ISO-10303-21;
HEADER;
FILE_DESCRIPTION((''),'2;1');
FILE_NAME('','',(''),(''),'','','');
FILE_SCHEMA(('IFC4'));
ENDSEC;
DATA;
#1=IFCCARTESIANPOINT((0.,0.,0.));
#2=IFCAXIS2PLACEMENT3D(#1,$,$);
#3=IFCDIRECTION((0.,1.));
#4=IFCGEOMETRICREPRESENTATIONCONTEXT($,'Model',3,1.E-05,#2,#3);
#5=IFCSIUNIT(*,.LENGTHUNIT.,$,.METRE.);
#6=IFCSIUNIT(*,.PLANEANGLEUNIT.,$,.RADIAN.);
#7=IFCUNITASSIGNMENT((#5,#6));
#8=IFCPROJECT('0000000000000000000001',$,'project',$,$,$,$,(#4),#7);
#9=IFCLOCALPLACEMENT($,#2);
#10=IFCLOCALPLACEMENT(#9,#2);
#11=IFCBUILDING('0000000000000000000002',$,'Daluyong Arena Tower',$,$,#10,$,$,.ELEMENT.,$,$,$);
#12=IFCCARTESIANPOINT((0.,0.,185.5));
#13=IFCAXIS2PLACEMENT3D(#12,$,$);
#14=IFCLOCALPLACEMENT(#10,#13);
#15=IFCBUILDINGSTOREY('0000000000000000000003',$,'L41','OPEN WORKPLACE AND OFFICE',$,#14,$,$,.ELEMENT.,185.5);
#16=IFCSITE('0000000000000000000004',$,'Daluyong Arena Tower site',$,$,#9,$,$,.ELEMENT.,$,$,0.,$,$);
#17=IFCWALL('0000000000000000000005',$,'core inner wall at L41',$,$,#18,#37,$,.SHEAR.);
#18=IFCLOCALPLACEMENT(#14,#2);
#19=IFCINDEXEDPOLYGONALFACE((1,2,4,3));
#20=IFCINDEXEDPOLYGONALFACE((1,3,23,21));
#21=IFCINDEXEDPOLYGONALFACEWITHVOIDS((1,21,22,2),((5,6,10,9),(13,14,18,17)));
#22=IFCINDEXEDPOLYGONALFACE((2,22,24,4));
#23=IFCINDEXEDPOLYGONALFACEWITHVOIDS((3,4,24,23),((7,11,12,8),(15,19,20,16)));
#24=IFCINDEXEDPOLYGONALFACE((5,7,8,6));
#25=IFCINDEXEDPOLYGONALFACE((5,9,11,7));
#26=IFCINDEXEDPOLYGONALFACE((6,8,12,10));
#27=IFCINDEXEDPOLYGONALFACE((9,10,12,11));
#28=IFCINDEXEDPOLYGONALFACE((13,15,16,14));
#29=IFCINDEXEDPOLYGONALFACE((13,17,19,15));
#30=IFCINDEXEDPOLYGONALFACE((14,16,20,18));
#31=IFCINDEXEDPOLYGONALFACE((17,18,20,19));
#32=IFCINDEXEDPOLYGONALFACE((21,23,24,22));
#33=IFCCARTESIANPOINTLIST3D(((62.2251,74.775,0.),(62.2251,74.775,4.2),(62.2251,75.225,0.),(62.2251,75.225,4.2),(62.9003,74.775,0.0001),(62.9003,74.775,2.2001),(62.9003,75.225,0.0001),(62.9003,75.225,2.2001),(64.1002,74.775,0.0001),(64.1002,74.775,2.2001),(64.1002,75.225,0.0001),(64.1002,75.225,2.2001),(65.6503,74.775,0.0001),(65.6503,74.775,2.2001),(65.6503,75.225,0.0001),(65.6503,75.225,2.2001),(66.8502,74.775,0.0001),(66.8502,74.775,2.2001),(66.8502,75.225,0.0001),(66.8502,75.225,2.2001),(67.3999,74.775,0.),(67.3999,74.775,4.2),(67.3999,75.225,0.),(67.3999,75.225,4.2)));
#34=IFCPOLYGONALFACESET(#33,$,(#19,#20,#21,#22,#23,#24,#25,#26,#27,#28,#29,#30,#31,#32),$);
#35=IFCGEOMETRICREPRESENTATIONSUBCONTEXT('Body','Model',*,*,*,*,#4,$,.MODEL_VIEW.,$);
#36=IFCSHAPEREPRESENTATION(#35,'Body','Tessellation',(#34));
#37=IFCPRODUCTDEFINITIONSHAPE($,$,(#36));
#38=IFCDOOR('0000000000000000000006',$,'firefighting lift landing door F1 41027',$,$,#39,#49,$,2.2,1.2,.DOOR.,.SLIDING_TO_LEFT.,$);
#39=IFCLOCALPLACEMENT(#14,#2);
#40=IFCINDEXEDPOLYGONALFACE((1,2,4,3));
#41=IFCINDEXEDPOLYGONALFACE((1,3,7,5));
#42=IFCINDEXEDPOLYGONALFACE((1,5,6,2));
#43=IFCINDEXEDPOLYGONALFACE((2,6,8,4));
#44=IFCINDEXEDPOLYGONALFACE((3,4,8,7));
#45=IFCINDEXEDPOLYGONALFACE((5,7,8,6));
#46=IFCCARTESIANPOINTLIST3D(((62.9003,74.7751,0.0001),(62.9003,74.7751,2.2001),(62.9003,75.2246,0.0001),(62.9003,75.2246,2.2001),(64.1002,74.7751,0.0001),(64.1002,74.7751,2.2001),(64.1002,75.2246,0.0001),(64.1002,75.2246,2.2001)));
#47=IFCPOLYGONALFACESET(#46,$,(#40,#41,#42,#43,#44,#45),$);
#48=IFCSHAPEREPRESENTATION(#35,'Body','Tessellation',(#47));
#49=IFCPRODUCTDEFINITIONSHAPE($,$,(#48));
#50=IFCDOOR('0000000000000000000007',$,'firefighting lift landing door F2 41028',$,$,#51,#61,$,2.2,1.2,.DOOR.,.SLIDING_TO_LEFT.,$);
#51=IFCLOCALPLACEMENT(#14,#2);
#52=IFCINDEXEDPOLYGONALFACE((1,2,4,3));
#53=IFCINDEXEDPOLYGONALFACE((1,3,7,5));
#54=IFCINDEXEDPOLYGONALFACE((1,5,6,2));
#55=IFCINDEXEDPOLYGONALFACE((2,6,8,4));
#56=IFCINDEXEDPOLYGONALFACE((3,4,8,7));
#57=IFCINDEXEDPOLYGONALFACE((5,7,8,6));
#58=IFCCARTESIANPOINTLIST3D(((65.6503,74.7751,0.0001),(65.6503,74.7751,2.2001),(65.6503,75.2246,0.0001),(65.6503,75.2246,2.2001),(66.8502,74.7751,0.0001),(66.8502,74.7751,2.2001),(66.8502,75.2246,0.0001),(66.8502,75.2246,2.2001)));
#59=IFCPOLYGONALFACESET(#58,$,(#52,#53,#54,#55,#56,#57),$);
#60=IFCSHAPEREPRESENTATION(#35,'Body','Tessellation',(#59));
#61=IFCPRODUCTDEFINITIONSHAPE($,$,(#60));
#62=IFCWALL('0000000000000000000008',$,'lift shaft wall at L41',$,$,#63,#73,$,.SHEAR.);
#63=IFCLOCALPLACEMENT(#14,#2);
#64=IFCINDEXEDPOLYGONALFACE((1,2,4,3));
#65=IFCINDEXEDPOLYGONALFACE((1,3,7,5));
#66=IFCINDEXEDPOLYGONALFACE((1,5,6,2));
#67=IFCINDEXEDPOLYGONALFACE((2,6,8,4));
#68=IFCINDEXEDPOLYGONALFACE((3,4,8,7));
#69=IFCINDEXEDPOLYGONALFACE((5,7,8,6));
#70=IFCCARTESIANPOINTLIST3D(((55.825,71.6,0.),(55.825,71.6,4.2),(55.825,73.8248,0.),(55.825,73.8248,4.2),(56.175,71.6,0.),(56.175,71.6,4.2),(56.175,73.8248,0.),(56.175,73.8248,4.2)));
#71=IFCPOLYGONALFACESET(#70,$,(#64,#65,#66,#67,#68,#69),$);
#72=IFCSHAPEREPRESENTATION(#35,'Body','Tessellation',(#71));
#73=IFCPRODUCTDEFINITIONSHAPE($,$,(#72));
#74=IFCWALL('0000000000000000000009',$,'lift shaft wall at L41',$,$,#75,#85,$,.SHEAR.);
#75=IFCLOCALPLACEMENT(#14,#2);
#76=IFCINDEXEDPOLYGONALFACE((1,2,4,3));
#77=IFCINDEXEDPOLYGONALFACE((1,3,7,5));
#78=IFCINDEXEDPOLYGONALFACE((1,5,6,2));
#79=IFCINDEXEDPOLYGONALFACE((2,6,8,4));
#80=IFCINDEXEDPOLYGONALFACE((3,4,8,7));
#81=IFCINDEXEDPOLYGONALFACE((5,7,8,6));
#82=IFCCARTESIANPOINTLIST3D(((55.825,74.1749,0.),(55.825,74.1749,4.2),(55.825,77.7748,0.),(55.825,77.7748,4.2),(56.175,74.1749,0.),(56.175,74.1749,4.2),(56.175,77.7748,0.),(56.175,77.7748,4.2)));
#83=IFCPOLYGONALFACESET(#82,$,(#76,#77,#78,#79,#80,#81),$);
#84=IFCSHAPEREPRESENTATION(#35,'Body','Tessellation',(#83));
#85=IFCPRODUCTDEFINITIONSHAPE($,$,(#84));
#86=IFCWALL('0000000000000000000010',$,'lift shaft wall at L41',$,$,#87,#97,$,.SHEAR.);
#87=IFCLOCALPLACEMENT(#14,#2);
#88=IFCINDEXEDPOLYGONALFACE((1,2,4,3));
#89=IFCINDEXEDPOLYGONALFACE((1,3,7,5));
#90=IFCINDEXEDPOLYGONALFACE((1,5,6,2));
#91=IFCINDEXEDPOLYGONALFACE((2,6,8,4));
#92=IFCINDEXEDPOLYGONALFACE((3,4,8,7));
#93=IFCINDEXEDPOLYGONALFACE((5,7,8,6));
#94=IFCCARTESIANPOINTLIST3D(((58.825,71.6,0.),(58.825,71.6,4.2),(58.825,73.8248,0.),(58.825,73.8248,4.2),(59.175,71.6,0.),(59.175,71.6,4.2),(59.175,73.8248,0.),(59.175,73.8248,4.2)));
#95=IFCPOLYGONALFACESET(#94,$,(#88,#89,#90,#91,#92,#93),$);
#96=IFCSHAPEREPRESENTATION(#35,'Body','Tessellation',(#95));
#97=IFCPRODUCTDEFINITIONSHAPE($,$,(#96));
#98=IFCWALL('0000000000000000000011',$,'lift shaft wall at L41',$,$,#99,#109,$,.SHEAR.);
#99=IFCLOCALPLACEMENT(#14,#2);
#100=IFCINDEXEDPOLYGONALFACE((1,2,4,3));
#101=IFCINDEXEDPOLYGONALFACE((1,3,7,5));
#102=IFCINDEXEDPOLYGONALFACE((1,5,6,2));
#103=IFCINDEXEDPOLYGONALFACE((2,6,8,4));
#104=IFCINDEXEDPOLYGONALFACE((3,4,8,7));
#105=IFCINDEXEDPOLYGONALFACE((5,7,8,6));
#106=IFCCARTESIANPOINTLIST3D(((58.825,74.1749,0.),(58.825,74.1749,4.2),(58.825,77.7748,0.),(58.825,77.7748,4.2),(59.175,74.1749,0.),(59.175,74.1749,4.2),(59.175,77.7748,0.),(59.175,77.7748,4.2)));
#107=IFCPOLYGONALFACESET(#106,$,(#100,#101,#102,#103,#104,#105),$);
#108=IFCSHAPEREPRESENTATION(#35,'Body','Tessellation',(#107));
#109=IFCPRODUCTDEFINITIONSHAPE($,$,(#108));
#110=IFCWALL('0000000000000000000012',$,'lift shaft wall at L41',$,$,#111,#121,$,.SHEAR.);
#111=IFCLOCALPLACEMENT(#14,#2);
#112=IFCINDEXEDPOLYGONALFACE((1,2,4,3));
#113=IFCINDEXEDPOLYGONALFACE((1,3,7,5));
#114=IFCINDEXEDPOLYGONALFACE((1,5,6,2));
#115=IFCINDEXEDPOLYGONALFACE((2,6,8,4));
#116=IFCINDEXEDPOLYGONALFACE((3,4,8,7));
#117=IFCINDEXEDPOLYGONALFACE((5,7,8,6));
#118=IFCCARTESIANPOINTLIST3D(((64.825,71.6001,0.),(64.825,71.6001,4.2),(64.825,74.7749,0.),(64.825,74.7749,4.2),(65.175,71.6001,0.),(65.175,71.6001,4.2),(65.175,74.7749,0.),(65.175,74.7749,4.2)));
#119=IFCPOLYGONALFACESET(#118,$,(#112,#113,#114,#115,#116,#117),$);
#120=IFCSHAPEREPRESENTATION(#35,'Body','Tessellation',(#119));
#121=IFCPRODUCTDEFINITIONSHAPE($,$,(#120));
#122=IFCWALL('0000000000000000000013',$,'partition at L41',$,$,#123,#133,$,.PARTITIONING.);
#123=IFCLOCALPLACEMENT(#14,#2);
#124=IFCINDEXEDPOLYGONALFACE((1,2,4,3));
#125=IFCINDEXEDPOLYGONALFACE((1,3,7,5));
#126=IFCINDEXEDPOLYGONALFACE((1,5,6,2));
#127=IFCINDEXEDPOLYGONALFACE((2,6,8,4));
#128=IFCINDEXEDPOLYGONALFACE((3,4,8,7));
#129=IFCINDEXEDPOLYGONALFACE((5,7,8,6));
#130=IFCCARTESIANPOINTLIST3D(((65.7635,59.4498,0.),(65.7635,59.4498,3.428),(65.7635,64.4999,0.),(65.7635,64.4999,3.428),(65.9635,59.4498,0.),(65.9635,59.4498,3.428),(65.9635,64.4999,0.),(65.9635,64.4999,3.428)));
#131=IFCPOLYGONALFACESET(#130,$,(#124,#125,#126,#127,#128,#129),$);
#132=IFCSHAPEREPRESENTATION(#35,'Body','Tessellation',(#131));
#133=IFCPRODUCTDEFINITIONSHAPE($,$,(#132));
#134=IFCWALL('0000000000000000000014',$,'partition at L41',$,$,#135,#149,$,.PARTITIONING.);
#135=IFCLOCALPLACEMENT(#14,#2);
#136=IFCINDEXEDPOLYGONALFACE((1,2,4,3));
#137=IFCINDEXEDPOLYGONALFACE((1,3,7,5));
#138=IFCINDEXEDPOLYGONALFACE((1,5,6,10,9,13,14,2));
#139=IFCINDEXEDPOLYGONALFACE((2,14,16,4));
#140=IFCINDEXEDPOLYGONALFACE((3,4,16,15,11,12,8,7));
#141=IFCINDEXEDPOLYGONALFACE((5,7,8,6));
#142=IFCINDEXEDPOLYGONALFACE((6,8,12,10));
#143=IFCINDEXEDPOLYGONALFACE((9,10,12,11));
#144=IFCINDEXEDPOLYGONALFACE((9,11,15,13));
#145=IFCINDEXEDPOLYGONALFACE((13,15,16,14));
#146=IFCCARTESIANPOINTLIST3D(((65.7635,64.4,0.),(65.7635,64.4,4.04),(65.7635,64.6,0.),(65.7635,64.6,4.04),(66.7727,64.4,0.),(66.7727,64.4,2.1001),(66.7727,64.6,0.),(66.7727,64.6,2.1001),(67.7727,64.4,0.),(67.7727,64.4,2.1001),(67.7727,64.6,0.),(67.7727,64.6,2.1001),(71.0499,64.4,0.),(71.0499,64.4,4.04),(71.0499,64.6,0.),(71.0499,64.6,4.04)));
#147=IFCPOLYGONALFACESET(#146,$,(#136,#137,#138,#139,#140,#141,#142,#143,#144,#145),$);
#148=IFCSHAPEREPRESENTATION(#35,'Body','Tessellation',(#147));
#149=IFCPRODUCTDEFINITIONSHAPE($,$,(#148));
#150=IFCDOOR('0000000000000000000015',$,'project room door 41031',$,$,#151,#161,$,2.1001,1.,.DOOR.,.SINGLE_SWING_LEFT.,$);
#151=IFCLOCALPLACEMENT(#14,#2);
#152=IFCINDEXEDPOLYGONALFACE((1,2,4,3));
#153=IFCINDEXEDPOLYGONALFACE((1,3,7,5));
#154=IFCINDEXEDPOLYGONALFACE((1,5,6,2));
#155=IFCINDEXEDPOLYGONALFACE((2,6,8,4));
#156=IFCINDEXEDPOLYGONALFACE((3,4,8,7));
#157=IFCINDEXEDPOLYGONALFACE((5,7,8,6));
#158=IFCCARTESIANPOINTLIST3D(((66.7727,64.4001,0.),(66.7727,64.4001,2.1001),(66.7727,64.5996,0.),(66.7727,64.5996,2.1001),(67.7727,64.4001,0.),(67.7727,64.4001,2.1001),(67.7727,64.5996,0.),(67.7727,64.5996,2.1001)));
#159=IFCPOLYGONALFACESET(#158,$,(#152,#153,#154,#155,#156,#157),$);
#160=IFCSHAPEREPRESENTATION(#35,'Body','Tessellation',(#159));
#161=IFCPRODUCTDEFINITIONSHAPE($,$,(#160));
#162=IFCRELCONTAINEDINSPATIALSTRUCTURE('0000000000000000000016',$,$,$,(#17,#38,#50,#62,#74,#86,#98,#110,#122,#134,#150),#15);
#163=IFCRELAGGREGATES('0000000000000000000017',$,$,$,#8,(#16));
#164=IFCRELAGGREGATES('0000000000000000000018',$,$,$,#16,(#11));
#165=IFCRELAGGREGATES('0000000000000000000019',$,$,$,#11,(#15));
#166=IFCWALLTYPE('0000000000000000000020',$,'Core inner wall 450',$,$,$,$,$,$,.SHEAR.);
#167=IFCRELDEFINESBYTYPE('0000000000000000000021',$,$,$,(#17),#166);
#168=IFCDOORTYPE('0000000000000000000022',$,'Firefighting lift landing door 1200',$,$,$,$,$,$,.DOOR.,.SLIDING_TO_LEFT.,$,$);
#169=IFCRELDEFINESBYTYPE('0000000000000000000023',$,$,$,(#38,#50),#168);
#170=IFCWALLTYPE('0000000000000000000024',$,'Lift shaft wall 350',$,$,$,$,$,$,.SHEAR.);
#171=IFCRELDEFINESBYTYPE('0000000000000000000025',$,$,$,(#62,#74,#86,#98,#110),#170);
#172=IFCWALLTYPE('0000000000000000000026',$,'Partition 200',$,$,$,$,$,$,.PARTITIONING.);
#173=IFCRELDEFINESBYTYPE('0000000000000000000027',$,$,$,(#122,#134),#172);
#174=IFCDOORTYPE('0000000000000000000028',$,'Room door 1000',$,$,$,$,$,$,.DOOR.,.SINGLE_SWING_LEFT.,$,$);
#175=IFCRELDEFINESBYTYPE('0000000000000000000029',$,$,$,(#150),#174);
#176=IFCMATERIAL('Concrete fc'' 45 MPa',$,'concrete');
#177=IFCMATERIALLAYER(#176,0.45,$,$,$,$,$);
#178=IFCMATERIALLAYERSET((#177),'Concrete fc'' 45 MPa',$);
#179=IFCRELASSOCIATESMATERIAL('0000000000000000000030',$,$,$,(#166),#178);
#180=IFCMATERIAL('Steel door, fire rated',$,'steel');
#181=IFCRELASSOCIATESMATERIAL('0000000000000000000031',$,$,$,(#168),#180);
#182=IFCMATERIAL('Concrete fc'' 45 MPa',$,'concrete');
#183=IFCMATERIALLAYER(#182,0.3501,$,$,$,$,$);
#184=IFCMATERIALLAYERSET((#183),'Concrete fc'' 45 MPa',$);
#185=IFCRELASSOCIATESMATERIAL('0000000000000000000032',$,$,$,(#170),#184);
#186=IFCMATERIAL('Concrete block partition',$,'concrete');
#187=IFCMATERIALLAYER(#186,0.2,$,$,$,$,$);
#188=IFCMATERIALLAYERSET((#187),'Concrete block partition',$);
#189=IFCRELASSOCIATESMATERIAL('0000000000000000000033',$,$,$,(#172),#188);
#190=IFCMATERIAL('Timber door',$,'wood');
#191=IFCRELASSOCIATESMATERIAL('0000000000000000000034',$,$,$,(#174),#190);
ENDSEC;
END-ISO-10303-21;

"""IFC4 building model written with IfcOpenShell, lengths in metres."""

from ifc_helpers import new_model, si_unit, direction, frame, frame_2d, origin, place, context, subcontext, project, spatial, rectangle, extrude, material, layer, layer_set, type_object, element, fill, save


model = new_model("IFC4")

# Units and contexts
model_context = context("Model", 3, precision=1e-05, world=origin(), true_north=direction((0.0, 1.0)))
body_context = subcontext(model_context, "Body", "Model", "MODEL_VIEW")
ifc_project = project(units=[si_unit("LENGTHUNIT", "METRE"), si_unit("PLANEANGLEUNIT", "RADIAN")], contexts=[model_context])

# Site, building, storey
site_placement = place(None, origin())
site = spatial("IfcSite", under=ifc_project, at=site_placement, Name="Daluyong Arena Tower site", CompositionType="ELEMENT", RefElevation=0.0)
building_placement = place(site_placement, origin())
building = spatial("IfcBuilding", under=site, at=building_placement, Name="Daluyong Arena Tower", CompositionType="ELEMENT")
storey_placement = place(building_placement, frame((0.0, 0.0, 185.5)))
storey = spatial("IfcBuildingStorey", under=building, at=storey_placement, Name="L41", Description="OPEN WORKPLACE AND OFFICE", CompositionType="ELEMENT", Elevation=185.5)

# Shared definitions
ifc_material_1 = material(Name="Concrete fc' 45 MPa", Category="concrete")
ifc_layer_1 = layer(ifc_material_1, 0.45)
ifc_layer_set_1 = layer_set([ifc_layer_1], Name="Concrete fc' 45 MPa")
wall_type_1 = type_object("IfcWallType", Name="Core inner wall 450", PredefinedType="SHEAR", material=ifc_layer_set_1)

# Wall, openings, doors
wall_1_placement = place(storey_placement, frame((62.2251, 75.0, 0.0), z_axis=(0.0, 0.0, 1.0), x_axis=(1.0, 0.0, 0.0)))
wall_1 = element("IfcWall", 1, at=wall_1_placement, inside=storey, type_object=wall_type_1, Name="core inner wall at L41", PredefinedType="SHEAR", context=body_context, shape_type="SweptSolid", body=[
    extrude(rectangle(XDim=5.1748, YDim=0.45, at=frame_2d((2.5874, 0.0))), origin(), (0.0, 0.0, 1.0), 4.2),
])
opening_1_placement = place(wall_1_placement, frame((0.675, 0.0, 0.0)))
opening_1 = element("IfcOpeningElement", 2, at=opening_1_placement, cuts=wall_1, PredefinedType="OPENING", context=body_context, shape_type="SweptSolid", body=[
    extrude(rectangle(XDim=1.2, YDim=2.2, at=frame_2d((0.6001, 1.1001))), frame((0.0, 0.2349, 0.0), z_axis=(0.0, -1.0, 0.0), x_axis=(1.0, 0.0, 0.0)), (0.0, 0.0, 1.0), 0.47),
])
opening_2_placement = place(wall_1_placement, frame((3.425, 0.0, 0.0)))
opening_2 = element("IfcOpeningElement", 3, at=opening_2_placement, cuts=wall_1, PredefinedType="OPENING", context=body_context, shape_type="SweptSolid", body=[
    extrude(rectangle(XDim=1.2, YDim=2.2, at=frame_2d((0.6001, 1.1001))), frame((0.0, 0.2349, 0.0), z_axis=(0.0, -1.0, 0.0), x_axis=(1.0, 0.0, 0.0)), (0.0, 0.0, 1.0), 0.47),
])
ifc_material_2 = material(Name="Steel door, fire rated", Category="steel")
door_type_1 = type_object("IfcDoorType", Name="Firefighting lift landing door 1200", OperationType="SLIDING_TO_LEFT", PredefinedType="DOOR", material=ifc_material_2)
door_1_placement = place(opening_1_placement, origin())
door_1 = element("IfcDoor", 4, at=door_1_placement, inside=storey, type_object=door_type_1, Name="firefighting lift landing door F1 41027", OperationType="SLIDING_TO_LEFT", OverallHeight=2.2, OverallWidth=1.2, PredefinedType="DOOR", context=body_context, shape_type="SweptSolid", body=[
    extrude(rectangle(XDim=1.2, YDim=2.2, at=frame_2d((0.6001, 1.1001))), frame((0.0, 0.2246, 0.0), z_axis=(0.0, -1.0, 0.0), x_axis=(1.0, 0.0, 0.0)), (0.0, 0.0, 1.0), 0.4495),
])
fill(opening_1, door_1)
door_2_placement = place(opening_2_placement, origin())
door_2 = element("IfcDoor", 5, at=door_2_placement, inside=storey, type_object=door_type_1, Name="firefighting lift landing door F2 41028", OperationType="SLIDING_TO_LEFT", OverallHeight=2.2, OverallWidth=1.2, PredefinedType="DOOR", context=body_context, shape_type="SweptSolid", body=[
    extrude(rectangle(XDim=1.2, YDim=2.2, at=frame_2d((0.6001, 1.1001))), frame((0.0, 0.2246, 0.0), z_axis=(0.0, -1.0, 0.0), x_axis=(1.0, 0.0, 0.0)), (0.0, 0.0, 1.0), 0.4495),
])
fill(opening_2, door_2)

# Walls
ifc_material_3 = material(Name="Concrete fc' 45 MPa", Category="concrete")
ifc_layer_2 = layer(ifc_material_3, 0.3501)
ifc_layer_set_2 = layer_set([ifc_layer_2], Name="Concrete fc' 45 MPa")
wall_type_2 = type_object("IfcWallType", Name="Lift shaft wall 350", PredefinedType="SHEAR", material=ifc_layer_set_2)
wall_2_placement = place(storey_placement, frame((56.0, 71.6001, 0.0), z_axis=(0.0, 0.0, 1.0), x_axis=(0.0, 1.0, 0.0)))
element("IfcWall", 6, at=wall_2_placement, inside=storey, type_object=wall_type_2, Name="lift shaft wall at L41", PredefinedType="SHEAR", context=body_context, shape_type="SweptSolid", body=[
    extrude(rectangle(XDim=2.2249, YDim=0.3501, at=frame_2d((1.1123, 0.0))), origin(), (0.0, 0.0, 1.0), 4.2),
])
wall_3_placement = place(storey_placement, frame((56.0, 74.175, 0.0), z_axis=(0.0, 0.0, 1.0), x_axis=(0.0, 1.0, 0.0)))
element("IfcWall", 7, at=wall_3_placement, inside=storey, type_object=wall_type_2, Name="lift shaft wall at L41", PredefinedType="SHEAR", context=body_context, shape_type="SweptSolid", body=[
    extrude(rectangle(XDim=3.5999, YDim=0.3501, at=frame_2d((1.7998, 0.0))), origin(), (0.0, 0.0, 1.0), 4.2),
])
wall_4_placement = place(storey_placement, frame((59.0, 71.6001, 0.0), z_axis=(0.0, 0.0, 1.0), x_axis=(0.0, 1.0, 0.0)))
element("IfcWall", 8, at=wall_4_placement, inside=storey, type_object=wall_type_2, Name="lift shaft wall at L41", PredefinedType="SHEAR", context=body_context, shape_type="SweptSolid", body=[
    extrude(rectangle(XDim=2.2249, YDim=0.3501, at=frame_2d((1.1123, 0.0))), origin(), (0.0, 0.0, 1.0), 4.2),
])
wall_5_placement = place(storey_placement, frame((59.0, 74.175, 0.0), z_axis=(0.0, 0.0, 1.0), x_axis=(0.0, 1.0, 0.0)))
element("IfcWall", 9, at=wall_5_placement, inside=storey, type_object=wall_type_2, Name="lift shaft wall at L41", PredefinedType="SHEAR", context=body_context, shape_type="SweptSolid", body=[
    extrude(rectangle(XDim=3.5999, YDim=0.3501, at=frame_2d((1.7998, 0.0))), origin(), (0.0, 0.0, 1.0), 4.2),
])
wall_6_placement = place(storey_placement, frame((65.0, 71.6001, 0.0), z_axis=(0.0, 0.0, 1.0), x_axis=(0.0, 1.0, 0.0)))
element("IfcWall", 10, at=wall_6_placement, inside=storey, type_object=wall_type_2, Name="lift shaft wall at L41", PredefinedType="SHEAR", context=body_context, shape_type="SweptSolid", body=[
    extrude(rectangle(XDim=3.1748, YDim=0.3501, at=frame_2d((1.5874, 0.0))), origin(), (0.0, 0.0, 1.0), 4.2),
])
ifc_material_4 = material(Name="Concrete block partition", Category="concrete")
ifc_layer_3 = layer(ifc_material_4, 0.2)
ifc_layer_set_3 = layer_set([ifc_layer_3], Name="Concrete block partition")
wall_type_3 = type_object("IfcWallType", Name="Partition 200", PredefinedType="PARTITIONING", material=ifc_layer_set_3)
wall_7_placement = place(storey_placement, frame((65.8635, 59.45, 0.0), z_axis=(0.0, 0.0, 1.0), x_axis=(0.0, 1.0, 0.0)))
element("IfcWall", 11, at=wall_7_placement, inside=storey, type_object=wall_type_3, Name="partition at L41", PredefinedType="PARTITIONING", context=body_context, shape_type="SweptSolid", body=[
    extrude(rectangle(XDim=5.05, YDim=0.2, at=frame_2d((2.5249, 0.0))), origin(), (0.0, 0.0, 1.0), 3.428),
])

# Wall, opening, door
wall_8_placement = place(storey_placement, frame((65.7637, 64.5, 0.0), z_axis=(0.0, 0.0, 1.0), x_axis=(1.0, 0.0, 0.0)))
wall_8 = element("IfcWall", 12, at=wall_8_placement, inside=storey, type_object=wall_type_3, Name="partition at L41", PredefinedType="PARTITIONING", context=body_context, shape_type="SweptSolid", body=[
    extrude(rectangle(XDim=5.2864, YDim=0.2, at=frame_2d((2.6431, 0.0))), origin(), (0.0, 0.0, 1.0), 4.04),
])
opening_3_placement = place(wall_8_placement, frame((1.009, 0.0, 0.0)))
opening_3 = element("IfcOpeningElement", 13, at=opening_3_placement, cuts=wall_8, PredefinedType="OPENING", context=body_context, shape_type="SweptSolid", body=[
    extrude(rectangle(XDim=1.0, YDim=2.1001, at=frame_2d((0.5, 1.05))), frame((0.0, 0.1099, 0.0), z_axis=(0.0, -1.0, 0.0), x_axis=(1.0, 0.0, 0.0)), (0.0, 0.0, 1.0), 0.22),
])
ifc_material_5 = material(Name="Timber door", Category="wood")
door_type_2 = type_object("IfcDoorType", Name="Room door 1000", OperationType="SINGLE_SWING_LEFT", PredefinedType="DOOR", material=ifc_material_5)
door_3_placement = place(opening_3_placement, origin())
door_3 = element("IfcDoor", 14, at=door_3_placement, inside=storey, type_object=door_type_2, Name="project room door 41031", OperationType="SINGLE_SWING_LEFT", OverallHeight=2.1001, OverallWidth=1.0, PredefinedType="DOOR", context=body_context, shape_type="SweptSolid", body=[
    extrude(rectangle(XDim=1.0, YDim=2.1001, at=frame_2d((0.5, 1.05))), frame((0.0, 0.0996, 0.0), z_axis=(0.0, -1.0, 0.0), x_axis=(1.0, 0.0, 0.0)), (0.0, 0.0, 1.0), 0.1995),
])
fill(opening_3, door_3)

save(model, "model.ifc")
